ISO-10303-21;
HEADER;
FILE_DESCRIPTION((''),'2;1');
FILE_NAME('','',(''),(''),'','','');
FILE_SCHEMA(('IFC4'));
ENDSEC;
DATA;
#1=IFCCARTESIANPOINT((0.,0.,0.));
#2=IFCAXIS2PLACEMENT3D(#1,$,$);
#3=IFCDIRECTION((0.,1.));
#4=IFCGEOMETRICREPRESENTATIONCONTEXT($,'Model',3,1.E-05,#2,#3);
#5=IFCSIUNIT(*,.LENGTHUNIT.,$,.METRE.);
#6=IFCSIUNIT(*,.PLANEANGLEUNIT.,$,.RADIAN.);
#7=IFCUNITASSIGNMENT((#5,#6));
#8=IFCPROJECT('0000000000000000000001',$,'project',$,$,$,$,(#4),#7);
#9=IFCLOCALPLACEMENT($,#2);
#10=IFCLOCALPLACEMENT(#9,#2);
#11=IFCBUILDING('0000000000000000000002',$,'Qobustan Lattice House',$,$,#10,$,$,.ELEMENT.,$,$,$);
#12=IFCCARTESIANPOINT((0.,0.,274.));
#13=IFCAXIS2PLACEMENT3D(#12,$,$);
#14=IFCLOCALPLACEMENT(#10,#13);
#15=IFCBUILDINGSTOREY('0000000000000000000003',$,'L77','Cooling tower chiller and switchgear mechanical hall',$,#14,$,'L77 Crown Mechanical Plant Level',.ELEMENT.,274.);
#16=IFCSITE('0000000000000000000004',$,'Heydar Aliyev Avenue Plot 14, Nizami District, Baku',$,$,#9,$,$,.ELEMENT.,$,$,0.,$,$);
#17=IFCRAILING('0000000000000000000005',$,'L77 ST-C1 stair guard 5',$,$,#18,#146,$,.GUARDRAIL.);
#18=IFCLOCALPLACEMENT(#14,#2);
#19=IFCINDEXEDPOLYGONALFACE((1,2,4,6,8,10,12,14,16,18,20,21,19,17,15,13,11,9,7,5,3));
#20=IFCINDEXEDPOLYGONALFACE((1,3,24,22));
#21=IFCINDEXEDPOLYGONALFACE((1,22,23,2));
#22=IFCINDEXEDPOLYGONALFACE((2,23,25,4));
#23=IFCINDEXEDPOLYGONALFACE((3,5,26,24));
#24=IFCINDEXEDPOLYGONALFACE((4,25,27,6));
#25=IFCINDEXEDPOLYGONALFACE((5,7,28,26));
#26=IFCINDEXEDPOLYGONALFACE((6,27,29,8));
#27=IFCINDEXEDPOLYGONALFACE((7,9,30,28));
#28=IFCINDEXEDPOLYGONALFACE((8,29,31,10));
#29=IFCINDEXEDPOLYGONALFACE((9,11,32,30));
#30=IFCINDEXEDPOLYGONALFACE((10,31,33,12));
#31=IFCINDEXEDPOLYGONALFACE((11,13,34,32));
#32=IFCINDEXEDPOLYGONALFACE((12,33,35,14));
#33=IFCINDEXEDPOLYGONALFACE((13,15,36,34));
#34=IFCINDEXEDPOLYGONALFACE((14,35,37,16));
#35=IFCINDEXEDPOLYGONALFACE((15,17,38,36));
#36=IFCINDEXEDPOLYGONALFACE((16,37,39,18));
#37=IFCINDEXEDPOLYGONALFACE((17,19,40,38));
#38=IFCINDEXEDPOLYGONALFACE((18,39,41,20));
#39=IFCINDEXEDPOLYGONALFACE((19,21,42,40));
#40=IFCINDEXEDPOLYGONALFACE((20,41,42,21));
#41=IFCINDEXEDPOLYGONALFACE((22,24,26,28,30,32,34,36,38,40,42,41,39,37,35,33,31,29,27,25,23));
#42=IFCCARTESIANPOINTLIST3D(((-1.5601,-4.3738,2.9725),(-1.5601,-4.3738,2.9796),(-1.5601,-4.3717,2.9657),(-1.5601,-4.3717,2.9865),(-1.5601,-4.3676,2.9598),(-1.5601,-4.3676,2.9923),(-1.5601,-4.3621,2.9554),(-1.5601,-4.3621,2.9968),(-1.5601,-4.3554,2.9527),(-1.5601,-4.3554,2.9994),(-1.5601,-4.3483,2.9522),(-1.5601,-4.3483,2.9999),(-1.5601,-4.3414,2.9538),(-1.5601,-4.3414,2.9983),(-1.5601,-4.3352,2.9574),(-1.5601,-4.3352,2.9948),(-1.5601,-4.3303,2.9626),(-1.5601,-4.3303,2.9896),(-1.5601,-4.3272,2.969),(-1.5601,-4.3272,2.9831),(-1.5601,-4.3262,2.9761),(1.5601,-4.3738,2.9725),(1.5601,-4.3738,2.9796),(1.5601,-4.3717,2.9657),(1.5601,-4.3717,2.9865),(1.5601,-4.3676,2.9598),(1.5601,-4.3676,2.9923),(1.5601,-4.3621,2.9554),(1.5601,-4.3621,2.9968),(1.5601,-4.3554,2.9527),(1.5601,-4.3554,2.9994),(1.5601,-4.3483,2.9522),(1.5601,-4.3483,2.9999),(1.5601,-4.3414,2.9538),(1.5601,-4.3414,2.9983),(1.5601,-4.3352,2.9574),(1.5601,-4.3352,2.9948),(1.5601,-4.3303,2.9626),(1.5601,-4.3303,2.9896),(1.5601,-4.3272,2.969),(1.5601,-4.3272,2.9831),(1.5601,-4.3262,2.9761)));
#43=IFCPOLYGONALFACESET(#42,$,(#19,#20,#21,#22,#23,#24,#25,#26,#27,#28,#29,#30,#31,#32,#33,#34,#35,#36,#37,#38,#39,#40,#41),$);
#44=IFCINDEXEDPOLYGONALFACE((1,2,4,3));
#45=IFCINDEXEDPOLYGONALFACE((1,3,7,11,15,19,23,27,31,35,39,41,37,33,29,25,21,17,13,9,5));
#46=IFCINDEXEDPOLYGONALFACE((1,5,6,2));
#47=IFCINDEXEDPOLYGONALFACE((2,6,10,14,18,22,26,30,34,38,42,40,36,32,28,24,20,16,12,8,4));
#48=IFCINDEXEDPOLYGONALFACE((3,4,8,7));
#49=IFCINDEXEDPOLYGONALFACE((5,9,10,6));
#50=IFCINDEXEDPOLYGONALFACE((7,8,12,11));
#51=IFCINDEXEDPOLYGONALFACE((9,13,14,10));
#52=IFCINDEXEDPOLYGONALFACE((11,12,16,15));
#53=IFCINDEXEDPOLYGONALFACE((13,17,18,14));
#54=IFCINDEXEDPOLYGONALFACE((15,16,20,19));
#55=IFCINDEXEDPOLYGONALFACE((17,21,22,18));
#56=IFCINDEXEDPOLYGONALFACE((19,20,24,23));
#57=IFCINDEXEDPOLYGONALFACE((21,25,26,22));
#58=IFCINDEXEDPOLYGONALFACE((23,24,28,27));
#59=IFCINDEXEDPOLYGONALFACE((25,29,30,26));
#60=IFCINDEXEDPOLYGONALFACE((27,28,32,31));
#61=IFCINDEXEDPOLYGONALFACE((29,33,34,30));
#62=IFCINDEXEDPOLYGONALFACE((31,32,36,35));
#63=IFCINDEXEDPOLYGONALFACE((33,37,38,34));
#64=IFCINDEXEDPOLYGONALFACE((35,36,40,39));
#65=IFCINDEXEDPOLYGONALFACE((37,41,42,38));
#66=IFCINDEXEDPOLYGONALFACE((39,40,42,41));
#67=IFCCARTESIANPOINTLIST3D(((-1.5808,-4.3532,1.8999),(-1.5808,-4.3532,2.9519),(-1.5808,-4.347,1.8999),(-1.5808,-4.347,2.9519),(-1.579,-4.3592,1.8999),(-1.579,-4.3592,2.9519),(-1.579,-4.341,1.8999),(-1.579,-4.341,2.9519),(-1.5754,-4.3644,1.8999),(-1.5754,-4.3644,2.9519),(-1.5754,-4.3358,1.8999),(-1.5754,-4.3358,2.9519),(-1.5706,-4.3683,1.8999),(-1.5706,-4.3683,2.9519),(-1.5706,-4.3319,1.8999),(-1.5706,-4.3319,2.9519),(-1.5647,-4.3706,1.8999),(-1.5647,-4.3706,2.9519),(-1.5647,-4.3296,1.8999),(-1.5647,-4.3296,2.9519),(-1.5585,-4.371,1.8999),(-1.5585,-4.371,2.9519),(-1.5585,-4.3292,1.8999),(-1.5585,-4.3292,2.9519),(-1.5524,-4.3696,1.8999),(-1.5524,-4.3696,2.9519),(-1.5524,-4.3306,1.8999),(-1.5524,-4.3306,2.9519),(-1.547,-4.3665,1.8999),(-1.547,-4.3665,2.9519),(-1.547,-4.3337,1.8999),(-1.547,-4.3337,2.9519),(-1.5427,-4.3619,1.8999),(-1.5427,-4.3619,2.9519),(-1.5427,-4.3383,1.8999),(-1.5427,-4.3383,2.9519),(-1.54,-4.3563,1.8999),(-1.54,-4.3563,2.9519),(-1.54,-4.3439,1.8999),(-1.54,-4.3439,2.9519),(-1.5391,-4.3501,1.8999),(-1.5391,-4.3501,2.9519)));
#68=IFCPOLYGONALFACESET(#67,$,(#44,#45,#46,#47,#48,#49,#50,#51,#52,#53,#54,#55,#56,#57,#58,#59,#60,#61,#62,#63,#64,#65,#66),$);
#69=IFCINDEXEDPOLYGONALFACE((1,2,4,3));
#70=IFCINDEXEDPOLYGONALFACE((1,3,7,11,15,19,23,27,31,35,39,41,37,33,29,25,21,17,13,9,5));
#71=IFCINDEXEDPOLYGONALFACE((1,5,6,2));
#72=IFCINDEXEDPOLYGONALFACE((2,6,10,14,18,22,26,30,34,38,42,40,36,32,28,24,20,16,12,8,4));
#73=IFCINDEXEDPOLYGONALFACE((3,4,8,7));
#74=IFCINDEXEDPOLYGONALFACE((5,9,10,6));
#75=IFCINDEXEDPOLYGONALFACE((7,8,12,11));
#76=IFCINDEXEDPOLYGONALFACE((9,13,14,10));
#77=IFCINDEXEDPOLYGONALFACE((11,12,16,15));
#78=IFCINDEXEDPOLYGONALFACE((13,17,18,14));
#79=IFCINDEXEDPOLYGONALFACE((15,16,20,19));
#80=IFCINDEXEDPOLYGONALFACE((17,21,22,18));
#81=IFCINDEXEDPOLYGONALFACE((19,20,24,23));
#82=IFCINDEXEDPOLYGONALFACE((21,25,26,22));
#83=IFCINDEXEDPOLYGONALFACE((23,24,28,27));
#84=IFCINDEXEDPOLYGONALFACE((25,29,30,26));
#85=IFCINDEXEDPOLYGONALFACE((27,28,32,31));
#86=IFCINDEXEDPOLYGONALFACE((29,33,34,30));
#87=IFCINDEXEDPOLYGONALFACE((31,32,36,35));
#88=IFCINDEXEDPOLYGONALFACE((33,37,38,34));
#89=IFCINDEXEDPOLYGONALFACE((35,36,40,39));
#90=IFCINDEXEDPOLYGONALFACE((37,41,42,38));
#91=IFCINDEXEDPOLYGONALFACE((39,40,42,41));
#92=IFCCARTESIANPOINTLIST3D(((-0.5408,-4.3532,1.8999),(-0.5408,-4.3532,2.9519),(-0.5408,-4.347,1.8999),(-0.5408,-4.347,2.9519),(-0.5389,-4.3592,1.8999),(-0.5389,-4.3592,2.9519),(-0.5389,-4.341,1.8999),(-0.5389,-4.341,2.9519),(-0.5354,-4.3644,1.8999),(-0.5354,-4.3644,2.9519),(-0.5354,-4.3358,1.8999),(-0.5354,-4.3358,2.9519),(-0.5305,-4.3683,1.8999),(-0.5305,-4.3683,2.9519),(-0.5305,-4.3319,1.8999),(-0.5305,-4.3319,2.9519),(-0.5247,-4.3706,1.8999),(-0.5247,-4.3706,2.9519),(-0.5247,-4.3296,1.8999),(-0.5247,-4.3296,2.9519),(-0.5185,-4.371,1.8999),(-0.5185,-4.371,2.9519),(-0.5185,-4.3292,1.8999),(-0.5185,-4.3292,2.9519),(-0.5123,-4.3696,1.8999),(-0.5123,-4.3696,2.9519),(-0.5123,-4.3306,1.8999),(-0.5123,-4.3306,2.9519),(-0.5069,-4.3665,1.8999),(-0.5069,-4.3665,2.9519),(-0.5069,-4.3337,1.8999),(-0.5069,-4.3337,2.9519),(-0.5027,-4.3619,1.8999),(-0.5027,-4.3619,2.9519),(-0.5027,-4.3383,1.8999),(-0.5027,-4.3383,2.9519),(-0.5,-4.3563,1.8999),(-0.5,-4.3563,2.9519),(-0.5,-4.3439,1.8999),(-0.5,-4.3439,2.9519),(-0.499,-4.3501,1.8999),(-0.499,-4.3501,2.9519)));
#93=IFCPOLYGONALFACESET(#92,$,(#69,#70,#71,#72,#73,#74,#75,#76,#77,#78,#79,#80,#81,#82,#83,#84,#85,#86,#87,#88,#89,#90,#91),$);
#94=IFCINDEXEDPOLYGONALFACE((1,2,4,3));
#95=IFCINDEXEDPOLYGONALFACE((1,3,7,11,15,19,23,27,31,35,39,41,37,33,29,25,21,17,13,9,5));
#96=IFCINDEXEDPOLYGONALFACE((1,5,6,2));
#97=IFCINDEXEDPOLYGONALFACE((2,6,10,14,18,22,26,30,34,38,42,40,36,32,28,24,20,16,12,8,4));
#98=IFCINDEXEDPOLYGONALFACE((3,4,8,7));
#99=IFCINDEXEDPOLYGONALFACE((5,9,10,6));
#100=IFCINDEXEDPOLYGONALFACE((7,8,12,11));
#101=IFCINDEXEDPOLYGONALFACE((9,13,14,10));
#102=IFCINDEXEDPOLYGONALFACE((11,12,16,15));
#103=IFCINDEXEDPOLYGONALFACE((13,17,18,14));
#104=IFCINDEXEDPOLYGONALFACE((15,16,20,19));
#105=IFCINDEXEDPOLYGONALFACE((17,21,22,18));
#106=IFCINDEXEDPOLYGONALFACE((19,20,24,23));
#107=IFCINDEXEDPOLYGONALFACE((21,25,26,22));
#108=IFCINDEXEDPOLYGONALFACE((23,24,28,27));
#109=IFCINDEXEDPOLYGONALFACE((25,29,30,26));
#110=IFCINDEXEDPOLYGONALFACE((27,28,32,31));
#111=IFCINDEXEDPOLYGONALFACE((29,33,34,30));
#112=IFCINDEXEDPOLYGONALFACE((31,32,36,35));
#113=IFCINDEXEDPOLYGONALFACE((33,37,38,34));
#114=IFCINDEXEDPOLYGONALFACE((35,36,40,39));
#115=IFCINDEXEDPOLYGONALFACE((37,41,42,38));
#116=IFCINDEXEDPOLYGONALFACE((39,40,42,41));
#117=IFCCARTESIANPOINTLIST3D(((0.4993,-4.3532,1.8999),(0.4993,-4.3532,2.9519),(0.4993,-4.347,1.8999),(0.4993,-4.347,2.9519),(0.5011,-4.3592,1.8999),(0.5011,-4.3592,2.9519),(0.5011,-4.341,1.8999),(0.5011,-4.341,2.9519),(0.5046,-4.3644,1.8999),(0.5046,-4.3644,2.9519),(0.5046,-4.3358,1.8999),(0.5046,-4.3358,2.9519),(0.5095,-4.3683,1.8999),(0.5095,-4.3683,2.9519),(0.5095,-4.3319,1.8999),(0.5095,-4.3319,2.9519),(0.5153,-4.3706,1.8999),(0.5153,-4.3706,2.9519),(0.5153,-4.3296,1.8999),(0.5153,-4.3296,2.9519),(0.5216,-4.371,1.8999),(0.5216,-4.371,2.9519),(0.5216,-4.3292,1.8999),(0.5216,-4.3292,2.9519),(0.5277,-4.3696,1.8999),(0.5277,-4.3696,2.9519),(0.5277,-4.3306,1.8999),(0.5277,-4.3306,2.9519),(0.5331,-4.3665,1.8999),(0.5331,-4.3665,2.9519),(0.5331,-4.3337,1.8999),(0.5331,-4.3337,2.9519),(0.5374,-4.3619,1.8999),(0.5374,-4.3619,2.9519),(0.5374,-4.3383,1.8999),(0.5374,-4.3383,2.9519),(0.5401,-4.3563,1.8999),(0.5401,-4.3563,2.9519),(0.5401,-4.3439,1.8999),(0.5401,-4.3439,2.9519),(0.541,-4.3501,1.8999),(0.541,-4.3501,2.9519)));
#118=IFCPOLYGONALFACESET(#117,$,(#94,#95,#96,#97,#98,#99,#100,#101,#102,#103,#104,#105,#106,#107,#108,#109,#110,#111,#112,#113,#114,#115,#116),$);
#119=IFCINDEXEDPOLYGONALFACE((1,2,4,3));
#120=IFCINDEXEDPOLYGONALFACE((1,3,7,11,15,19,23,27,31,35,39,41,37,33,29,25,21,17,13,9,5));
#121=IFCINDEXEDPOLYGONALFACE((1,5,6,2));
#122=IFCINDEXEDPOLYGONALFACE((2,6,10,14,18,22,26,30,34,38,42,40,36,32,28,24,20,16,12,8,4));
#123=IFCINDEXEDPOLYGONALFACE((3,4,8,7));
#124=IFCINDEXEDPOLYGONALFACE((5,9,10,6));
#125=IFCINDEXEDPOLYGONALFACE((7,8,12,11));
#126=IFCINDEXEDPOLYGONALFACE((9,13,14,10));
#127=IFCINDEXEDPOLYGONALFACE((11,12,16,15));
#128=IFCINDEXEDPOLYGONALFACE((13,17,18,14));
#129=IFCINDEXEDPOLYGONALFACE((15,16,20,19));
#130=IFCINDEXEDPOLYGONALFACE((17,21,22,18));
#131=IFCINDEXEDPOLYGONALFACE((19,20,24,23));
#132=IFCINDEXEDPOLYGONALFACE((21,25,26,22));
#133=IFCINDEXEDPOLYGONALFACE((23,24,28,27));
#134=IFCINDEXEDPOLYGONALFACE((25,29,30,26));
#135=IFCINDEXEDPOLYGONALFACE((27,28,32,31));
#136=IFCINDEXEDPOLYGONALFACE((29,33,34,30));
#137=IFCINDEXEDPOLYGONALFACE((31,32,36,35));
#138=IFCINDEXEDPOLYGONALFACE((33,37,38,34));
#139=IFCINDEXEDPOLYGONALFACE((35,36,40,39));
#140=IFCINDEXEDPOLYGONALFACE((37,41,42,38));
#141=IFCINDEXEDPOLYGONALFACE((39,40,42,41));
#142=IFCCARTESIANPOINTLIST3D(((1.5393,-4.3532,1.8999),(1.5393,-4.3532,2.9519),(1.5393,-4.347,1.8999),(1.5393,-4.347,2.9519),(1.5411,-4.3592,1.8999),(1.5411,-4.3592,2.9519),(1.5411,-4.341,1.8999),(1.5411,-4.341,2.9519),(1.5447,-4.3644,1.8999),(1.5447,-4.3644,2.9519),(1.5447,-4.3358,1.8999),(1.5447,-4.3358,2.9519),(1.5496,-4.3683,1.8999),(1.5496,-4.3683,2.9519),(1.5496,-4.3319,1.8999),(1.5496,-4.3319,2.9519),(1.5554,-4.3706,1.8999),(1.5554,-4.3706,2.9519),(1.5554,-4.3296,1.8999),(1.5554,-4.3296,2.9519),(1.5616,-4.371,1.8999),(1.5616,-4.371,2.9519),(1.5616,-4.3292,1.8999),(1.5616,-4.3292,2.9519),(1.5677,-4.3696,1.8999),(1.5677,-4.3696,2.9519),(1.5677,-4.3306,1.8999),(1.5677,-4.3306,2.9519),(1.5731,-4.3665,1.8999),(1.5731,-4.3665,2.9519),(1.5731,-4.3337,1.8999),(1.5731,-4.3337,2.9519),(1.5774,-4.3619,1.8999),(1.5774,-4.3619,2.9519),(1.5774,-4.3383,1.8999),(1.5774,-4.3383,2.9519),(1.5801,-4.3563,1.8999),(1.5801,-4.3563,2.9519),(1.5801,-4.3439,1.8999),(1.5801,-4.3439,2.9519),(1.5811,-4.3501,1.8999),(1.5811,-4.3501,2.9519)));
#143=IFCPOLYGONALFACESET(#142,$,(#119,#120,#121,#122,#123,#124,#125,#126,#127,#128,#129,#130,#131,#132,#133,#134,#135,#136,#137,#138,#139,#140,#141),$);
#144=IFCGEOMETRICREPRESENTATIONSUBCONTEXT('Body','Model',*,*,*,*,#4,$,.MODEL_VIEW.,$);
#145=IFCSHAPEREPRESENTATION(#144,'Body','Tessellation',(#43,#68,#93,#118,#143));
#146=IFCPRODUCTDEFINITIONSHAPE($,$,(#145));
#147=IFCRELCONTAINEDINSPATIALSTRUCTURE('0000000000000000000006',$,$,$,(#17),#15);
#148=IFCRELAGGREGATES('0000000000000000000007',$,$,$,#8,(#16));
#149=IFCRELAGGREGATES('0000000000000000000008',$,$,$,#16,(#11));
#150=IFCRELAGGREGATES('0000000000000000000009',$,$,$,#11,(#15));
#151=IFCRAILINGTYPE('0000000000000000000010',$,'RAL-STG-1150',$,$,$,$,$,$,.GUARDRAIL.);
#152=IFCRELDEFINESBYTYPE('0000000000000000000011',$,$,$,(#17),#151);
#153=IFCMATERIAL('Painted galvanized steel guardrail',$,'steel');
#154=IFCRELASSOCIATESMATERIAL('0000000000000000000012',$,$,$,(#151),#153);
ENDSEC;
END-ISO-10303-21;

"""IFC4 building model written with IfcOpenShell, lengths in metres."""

from ifc_helpers import new_model, si_unit, direction, frame, origin, origin_2d, place, context, subcontext, project, spatial, circle, extrude, material, type_object, element, save


model = new_model("IFC4")

# Units and contexts
model_context = context("Model", 3, precision=1e-05, world=origin(), true_north=direction((0.0, 1.0)))
body_context = subcontext(model_context, "Body", "Model", "MODEL_VIEW")
ifc_project = project(units=[si_unit("LENGTHUNIT", "METRE"), si_unit("PLANEANGLEUNIT", "RADIAN")], contexts=[model_context])

# Site, building, storey
site_placement = place(None, origin())
site = spatial("IfcSite", under=ifc_project, at=site_placement, Name="Heydar Aliyev Avenue Plot 14, Nizami District, Baku", CompositionType="ELEMENT", RefElevation=0.0)
building_placement = place(site_placement, origin())
building = spatial("IfcBuilding", under=site, at=building_placement, Name="Qobustan Lattice House", CompositionType="ELEMENT")
storey_placement = place(building_placement, frame((0.0, 0.0, 274.0)))
storey = spatial("IfcBuildingStorey", under=building, at=storey_placement, Name="L77", Description="Cooling tower chiller and switchgear mechanical hall", LongName="L77 Crown Mechanical Plant Level", CompositionType="ELEMENT", Elevation=274.0)

# Railing
ifc_material_1 = material(Name="Painted galvanized steel guardrail", Category="steel")
railing_type = type_object("IfcRailingType", Name="RAL-STG-1150", PredefinedType="GUARDRAIL", material=ifc_material_1)
railing_1_placement = place(storey_placement, frame((-1.5601, -4.3501, 1.8999)))
element("IfcRailing", 1, at=railing_1_placement, inside=storey, type_object=railing_type, Name="L77 ST-C1 stair guard 5", PredefinedType="GUARDRAIL", context=body_context, shape_type="SweptSolid", body=[
    extrude(circle(Radius=0.0239, at=origin_2d()), frame((0.0, 0.0, 1.0762), z_axis=(1.0, 0.0, 0.0), x_axis=(0.0, 1.0, 0.0)), (0.0, 0.0, 1.0), 3.1201),
    extrude(circle(Radius=0.021, at=origin_2d()), origin(), (0.0, 0.0, 1.0), 1.052),
    extrude(circle(Radius=0.021, at=origin_2d()), frame((1.04, 0.0, 0.0)), (0.0, 0.0, 1.0), 1.052),
    extrude(circle(Radius=0.021, at=origin_2d()), frame((2.0801, 0.0, 0.0)), (0.0, 0.0, 1.0), 1.052),
    extrude(circle(Radius=0.021, at=origin_2d()), frame((3.1201, 0.0, 0.0)), (0.0, 0.0, 1.0), 1.052),
])

save(model, "model.ifc")
